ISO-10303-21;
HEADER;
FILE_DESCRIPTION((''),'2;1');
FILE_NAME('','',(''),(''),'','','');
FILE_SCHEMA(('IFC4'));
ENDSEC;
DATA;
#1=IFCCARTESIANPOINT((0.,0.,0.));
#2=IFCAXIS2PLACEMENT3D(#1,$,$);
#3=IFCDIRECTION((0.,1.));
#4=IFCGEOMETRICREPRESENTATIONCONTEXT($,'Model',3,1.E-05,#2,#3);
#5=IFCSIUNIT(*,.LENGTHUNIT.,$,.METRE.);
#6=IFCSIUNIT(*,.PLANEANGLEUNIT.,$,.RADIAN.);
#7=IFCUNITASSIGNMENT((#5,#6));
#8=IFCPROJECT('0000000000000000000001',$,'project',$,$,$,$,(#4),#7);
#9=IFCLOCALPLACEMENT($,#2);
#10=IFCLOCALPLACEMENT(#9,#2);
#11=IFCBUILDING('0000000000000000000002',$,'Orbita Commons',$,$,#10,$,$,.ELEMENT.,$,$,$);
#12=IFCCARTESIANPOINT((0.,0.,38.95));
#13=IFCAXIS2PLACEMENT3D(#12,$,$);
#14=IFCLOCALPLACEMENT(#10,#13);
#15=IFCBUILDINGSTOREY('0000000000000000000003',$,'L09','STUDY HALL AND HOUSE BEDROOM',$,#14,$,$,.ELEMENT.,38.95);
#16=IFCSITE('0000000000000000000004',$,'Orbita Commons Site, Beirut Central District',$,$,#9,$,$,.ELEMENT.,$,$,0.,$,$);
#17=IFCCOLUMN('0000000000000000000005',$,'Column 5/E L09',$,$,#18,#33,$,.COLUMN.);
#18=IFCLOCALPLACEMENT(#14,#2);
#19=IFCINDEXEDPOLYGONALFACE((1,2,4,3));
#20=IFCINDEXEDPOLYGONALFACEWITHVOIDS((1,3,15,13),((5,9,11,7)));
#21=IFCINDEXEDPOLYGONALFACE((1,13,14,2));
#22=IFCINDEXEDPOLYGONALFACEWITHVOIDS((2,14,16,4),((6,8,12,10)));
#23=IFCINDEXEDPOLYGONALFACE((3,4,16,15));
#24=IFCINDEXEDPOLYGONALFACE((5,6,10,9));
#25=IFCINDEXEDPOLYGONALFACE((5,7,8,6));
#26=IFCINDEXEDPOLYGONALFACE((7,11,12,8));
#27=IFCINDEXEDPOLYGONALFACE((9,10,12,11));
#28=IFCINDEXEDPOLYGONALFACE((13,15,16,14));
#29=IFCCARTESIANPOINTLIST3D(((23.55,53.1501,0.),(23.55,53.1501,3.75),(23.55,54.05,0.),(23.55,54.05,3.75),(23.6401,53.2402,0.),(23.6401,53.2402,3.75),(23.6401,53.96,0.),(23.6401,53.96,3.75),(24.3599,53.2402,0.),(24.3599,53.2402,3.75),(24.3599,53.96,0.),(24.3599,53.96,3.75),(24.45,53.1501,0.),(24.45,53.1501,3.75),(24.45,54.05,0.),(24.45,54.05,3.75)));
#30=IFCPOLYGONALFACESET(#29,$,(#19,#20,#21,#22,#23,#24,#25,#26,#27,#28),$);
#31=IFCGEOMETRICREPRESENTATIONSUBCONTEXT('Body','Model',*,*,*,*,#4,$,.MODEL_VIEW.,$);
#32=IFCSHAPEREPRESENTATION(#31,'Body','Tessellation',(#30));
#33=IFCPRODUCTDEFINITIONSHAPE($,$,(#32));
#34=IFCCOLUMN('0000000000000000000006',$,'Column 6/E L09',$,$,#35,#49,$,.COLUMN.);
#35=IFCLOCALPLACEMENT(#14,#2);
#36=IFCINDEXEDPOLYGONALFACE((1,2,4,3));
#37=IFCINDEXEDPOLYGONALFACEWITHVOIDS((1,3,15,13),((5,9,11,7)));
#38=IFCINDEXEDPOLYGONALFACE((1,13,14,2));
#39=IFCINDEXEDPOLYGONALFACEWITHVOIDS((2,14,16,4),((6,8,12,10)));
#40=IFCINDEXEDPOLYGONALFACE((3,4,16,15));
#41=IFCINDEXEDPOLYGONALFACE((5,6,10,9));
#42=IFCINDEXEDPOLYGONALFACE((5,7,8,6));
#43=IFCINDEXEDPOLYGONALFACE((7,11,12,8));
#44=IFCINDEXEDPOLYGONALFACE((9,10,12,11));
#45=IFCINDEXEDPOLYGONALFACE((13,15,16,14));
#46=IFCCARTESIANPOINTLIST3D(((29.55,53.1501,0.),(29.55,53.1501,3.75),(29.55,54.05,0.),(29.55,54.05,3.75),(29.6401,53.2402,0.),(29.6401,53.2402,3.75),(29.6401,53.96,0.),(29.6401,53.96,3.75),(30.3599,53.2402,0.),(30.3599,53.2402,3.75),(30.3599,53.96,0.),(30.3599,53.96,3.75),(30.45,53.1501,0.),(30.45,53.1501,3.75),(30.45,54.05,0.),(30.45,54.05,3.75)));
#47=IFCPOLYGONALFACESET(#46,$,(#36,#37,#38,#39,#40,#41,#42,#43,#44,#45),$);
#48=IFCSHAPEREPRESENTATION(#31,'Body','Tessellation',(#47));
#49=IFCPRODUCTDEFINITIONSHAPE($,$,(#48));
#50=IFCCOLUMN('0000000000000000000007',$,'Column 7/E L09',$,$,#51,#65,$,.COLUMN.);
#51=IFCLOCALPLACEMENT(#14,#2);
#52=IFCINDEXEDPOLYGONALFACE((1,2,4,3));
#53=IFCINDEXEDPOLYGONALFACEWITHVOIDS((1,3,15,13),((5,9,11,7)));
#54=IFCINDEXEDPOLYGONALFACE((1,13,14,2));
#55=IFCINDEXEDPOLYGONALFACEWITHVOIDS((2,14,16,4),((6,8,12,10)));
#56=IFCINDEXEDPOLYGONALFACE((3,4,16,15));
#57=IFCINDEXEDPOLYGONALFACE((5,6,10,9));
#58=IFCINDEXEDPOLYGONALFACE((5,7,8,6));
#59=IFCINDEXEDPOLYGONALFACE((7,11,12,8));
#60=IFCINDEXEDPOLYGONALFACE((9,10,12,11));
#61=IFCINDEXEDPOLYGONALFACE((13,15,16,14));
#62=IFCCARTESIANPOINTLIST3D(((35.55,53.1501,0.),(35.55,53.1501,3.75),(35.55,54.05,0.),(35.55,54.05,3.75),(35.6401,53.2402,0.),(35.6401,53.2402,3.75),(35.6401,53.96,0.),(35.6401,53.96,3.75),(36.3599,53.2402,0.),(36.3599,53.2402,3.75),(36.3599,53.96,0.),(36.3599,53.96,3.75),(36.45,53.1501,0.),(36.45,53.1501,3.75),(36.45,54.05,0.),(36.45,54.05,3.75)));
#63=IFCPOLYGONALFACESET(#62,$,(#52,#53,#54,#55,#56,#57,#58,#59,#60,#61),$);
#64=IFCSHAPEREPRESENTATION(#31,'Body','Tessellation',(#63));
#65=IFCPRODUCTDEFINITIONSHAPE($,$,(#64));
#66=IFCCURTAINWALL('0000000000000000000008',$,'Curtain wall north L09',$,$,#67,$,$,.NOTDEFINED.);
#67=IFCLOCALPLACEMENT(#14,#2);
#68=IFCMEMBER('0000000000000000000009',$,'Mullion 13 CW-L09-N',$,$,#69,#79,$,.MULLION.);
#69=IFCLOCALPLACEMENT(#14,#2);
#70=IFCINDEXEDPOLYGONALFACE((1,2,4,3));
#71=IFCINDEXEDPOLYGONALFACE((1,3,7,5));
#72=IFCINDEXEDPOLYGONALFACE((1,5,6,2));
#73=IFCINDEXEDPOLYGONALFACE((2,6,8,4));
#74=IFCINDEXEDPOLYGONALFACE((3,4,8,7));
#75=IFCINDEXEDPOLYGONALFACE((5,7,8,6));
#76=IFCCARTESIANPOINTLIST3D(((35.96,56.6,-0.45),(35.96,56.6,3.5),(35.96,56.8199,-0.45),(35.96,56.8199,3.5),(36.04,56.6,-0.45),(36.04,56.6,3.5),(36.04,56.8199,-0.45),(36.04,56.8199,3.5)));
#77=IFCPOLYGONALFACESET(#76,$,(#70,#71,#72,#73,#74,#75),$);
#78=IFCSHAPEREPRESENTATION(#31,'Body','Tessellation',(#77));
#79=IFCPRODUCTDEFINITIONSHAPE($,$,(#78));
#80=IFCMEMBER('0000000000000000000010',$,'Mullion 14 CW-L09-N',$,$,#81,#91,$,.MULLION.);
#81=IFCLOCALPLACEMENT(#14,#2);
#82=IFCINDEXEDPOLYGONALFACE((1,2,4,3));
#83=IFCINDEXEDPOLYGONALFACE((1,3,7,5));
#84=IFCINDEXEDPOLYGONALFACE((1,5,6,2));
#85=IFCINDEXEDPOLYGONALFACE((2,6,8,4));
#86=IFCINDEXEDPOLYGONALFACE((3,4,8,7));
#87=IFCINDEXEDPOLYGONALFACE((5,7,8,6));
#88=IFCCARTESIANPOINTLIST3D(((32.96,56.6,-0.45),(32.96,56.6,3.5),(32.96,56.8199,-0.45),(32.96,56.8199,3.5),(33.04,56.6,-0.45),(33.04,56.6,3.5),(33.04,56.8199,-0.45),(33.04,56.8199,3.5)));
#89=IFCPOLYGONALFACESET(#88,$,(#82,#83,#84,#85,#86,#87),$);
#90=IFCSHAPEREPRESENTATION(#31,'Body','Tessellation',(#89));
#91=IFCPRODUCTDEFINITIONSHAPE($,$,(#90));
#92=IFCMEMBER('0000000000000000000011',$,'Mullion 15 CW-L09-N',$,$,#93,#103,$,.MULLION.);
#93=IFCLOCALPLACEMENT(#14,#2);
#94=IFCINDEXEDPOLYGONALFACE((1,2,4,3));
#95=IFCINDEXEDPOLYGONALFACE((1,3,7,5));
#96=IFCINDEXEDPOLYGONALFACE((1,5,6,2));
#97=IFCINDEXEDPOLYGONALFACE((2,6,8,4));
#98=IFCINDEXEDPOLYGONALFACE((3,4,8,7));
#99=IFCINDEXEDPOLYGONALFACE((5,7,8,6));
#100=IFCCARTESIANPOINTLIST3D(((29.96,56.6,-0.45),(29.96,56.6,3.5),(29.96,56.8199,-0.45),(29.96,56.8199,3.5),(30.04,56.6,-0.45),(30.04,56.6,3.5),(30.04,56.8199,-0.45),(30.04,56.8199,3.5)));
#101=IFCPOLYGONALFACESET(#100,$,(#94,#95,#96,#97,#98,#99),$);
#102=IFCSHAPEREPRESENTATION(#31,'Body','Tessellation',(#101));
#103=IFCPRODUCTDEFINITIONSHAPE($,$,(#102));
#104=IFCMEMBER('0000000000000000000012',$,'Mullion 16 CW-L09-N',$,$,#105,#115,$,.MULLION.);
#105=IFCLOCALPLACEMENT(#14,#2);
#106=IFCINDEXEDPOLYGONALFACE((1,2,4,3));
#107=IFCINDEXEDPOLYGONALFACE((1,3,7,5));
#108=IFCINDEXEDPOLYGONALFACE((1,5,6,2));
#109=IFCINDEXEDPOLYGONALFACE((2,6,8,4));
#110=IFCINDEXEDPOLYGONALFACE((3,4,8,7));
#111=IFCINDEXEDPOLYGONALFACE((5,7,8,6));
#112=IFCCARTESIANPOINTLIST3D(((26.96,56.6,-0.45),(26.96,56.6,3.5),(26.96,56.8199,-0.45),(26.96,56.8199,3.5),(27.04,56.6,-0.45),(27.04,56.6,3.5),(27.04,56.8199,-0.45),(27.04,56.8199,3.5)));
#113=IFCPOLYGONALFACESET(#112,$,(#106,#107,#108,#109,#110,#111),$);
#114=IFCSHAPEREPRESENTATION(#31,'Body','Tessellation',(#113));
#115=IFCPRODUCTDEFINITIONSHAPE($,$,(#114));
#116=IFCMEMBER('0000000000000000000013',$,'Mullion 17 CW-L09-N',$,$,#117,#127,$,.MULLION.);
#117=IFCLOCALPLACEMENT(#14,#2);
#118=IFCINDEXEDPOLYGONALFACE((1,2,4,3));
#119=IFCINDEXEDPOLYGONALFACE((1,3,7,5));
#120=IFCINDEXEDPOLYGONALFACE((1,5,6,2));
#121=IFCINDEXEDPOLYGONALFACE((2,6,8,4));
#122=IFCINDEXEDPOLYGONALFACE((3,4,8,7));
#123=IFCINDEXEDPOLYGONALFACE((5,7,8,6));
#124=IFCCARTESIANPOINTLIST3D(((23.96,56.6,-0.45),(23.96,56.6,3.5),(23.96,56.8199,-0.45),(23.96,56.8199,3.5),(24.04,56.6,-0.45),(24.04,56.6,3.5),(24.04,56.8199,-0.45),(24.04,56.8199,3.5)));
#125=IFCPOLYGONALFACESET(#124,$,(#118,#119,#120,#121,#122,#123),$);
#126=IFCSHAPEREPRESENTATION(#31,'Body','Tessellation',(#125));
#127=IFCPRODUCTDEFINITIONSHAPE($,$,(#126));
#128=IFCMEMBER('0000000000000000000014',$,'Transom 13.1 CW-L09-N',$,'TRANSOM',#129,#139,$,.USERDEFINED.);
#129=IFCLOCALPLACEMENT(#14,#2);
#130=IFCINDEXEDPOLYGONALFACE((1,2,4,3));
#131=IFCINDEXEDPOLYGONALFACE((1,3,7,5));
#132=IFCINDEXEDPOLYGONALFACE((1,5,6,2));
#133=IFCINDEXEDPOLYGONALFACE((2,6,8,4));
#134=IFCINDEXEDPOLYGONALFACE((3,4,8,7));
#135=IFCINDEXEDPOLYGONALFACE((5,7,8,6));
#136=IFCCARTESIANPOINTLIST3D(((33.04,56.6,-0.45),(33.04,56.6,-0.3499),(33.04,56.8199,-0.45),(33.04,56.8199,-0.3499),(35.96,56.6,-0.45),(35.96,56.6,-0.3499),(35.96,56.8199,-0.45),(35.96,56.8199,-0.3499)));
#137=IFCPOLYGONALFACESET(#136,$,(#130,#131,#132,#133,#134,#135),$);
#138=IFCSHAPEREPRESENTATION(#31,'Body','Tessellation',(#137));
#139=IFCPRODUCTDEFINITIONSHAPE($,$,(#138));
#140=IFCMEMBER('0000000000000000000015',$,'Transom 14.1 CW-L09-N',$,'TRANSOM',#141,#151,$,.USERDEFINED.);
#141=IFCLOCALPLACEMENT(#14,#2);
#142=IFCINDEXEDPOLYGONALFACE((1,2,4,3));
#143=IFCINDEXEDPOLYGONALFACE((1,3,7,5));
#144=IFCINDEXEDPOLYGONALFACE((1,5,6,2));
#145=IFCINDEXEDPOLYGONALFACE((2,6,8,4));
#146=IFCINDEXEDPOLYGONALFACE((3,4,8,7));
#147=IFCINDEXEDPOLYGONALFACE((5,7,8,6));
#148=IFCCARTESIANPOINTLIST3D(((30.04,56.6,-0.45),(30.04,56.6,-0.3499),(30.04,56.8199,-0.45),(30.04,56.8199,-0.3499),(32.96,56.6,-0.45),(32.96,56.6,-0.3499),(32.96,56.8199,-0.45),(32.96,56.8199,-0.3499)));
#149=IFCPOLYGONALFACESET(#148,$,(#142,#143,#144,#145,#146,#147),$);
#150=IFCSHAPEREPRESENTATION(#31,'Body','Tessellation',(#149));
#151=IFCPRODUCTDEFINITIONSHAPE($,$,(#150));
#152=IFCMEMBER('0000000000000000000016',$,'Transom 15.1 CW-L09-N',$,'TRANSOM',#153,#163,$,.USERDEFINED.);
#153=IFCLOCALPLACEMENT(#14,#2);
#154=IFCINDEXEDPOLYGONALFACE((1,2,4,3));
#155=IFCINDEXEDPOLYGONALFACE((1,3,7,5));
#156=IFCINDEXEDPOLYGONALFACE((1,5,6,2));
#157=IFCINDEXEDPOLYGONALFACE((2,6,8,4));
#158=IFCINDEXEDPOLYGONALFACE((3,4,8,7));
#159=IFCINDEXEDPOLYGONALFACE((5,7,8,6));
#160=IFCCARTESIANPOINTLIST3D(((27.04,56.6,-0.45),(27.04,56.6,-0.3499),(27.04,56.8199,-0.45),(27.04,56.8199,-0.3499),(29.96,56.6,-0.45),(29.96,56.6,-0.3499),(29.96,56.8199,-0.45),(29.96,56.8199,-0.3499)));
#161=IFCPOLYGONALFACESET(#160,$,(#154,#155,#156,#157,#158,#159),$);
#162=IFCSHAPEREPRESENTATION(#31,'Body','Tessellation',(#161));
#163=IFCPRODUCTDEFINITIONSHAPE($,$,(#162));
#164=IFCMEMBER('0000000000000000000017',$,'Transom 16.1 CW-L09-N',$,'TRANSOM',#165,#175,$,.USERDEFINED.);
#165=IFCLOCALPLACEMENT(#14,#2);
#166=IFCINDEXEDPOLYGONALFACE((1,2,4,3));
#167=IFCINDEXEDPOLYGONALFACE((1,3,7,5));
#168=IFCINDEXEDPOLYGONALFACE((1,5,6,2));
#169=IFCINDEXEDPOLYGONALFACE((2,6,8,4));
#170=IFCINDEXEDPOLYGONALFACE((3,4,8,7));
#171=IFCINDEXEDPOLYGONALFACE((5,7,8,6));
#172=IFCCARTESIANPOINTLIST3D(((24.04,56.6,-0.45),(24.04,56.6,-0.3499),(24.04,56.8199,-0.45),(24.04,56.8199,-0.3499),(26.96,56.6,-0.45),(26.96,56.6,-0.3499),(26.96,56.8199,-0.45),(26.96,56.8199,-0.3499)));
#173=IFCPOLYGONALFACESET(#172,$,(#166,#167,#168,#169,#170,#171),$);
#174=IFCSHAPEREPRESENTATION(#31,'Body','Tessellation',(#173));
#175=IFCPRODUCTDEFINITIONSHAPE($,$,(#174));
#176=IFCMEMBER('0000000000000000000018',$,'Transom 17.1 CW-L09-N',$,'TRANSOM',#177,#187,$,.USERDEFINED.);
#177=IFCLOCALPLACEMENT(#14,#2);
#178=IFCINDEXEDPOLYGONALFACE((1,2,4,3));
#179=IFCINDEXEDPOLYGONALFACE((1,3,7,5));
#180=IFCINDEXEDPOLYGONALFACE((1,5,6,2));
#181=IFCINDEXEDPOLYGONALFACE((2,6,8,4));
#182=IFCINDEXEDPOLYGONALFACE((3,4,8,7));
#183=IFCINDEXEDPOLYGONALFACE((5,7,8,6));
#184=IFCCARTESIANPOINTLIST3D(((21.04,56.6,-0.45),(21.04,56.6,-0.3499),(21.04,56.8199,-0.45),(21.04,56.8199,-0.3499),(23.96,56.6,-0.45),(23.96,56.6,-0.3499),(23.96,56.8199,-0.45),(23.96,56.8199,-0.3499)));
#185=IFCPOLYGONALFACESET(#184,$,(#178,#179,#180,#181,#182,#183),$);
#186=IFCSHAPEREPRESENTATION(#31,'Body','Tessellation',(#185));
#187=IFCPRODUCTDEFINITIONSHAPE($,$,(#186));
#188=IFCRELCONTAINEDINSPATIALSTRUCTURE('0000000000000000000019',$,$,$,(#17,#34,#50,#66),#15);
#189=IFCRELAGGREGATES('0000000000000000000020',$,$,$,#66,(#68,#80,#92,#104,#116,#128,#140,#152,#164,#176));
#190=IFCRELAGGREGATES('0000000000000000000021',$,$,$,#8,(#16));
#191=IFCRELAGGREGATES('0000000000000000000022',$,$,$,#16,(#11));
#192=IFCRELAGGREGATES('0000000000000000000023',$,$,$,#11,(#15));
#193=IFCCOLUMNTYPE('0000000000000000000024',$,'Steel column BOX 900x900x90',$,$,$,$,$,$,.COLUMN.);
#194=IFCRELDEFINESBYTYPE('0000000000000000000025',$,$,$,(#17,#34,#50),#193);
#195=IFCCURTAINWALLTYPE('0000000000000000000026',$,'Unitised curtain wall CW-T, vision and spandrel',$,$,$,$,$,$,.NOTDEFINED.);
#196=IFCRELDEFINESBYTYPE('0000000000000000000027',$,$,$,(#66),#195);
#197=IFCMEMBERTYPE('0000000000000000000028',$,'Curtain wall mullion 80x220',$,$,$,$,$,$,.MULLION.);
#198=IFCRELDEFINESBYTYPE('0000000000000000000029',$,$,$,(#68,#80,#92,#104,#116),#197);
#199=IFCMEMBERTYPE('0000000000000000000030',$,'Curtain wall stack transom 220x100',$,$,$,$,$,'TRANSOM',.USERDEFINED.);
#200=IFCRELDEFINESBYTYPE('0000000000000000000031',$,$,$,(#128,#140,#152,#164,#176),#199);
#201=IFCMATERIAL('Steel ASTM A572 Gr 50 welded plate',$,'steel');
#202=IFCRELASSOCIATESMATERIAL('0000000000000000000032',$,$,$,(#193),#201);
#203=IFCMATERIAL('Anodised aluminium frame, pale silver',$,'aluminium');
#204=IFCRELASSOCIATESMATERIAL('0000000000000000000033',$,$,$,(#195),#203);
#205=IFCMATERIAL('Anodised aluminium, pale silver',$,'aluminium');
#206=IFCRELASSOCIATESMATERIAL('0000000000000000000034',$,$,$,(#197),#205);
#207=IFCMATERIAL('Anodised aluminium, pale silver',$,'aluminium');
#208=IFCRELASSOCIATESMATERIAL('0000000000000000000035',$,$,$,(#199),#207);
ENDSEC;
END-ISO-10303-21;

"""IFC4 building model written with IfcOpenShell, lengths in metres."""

from ifc_helpers import new_model, si_unit, direction, frame, origin, origin_2d, place, context, subcontext, project, spatial, rectangle, hollow_rectangle, extrude, material, material_profile, profile_set, type_object, element, aggregate, save


model = new_model("IFC4")

# Units and contexts
model_context = context("Model", 3, precision=1e-05, world=origin(), true_north=direction((0.0, 1.0)))
body_context = subcontext(model_context, "Body", "Model", "MODEL_VIEW")
ifc_project = project(units=[si_unit("LENGTHUNIT", "METRE"), si_unit("PLANEANGLEUNIT", "RADIAN")], contexts=[model_context])

# Site, building, storey
site_placement = place(None, origin())
site = spatial("IfcSite", under=ifc_project, at=site_placement, Name="Orbita Commons Site, Beirut Central District", CompositionType="ELEMENT", RefElevation=0.0)
building_placement = place(site_placement, origin())
building = spatial("IfcBuilding", under=site, at=building_placement, Name="Orbita Commons", CompositionType="ELEMENT")
storey_placement = place(building_placement, frame((0.0, 0.0, 38.95)))
storey = spatial("IfcBuildingStorey", under=building, at=storey_placement, Name="L09", Description="STUDY HALL AND HOUSE BEDROOM", CompositionType="ELEMENT", Elevation=38.95)

# Columns
ifc_material_1 = material(Name="Steel ASTM A572 Gr 50 welded plate", Category="steel")
ifc_material_profile_1 = material_profile(ifc_material_1, hollow_rectangle(XDim=0.8999, YDim=0.8999, WallThickness=0.0901, at=origin_2d()), Name="BOX 900x900x90")
ifc_profile_set_1 = profile_set([ifc_material_profile_1], Name="Steel ASTM A572 Gr 50 welded plate")
column_type = type_object("IfcColumnType", Name="Steel column BOX 900x900x90", PredefinedType="COLUMN", material=ifc_profile_set_1)
for number, where, z_axis, x_axis, name in (
    (1, (24.0, 53.6001, 0.0), (0.0, 0.0, 1.0), (1.0, 0.0, 0.0), "Column 5/E L09"),
    (2, (30.0, 53.6001, 0.0), (0.0, 0.0, 1.0), (1.0, 0.0, 0.0), "Column 6/E L09"),
    (3, (36.0, 53.6001, 0.0), (0.0, 0.0, 1.0), (1.0, 0.0, 0.0), "Column 7/E L09"),
):
    element("IfcColumn", number, at=place(storey_placement, frame(where, z_axis=z_axis, x_axis=x_axis)), inside=storey, type_object=column_type, Name=name, PredefinedType="COLUMN", context=body_context, shape_type="SweptSolid", body=[
        extrude(hollow_rectangle(XDim=0.8999, YDim=0.8999, WallThickness=0.0901, at=origin_2d()), origin(), (0.0, 0.0, 1.0), 3.75),
    ])

# Curtain wall, members
ifc_material_2 = material(Name="Anodised aluminium frame, pale silver", Category="aluminium")
curtain_wall_type = type_object("IfcCurtainWallType", Name="Unitised curtain wall CW-T, vision and spandrel", PredefinedType="NOTDEFINED", material=ifc_material_2)
curtain_wall_placement = place(storey_placement, origin())
curtain_wall = element("IfcCurtainWall", 4, at=curtain_wall_placement, inside=storey, type_object=curtain_wall_type, Name="Curtain wall north L09", PredefinedType="NOTDEFINED")
ifc_material_3 = material(Name="Anodised aluminium, pale silver", Category="aluminium")
ifc_material_profile_2 = material_profile(ifc_material_3, rectangle(XDim=0.0801, YDim=0.22, at=origin_2d()), Name="AL 80x220")
ifc_profile_set_2 = profile_set([ifc_material_profile_2], Name="Anodised aluminium, pale silver")
member_type_1 = type_object("IfcMemberType", Name="Curtain wall mullion 80x220", PredefinedType="MULLION", material=ifc_profile_set_2)
member_1_placement = place(storey_placement, frame((36.0, 56.71, -0.45), z_axis=(0.0, 0.0, 1.0), x_axis=(-1.0, 0.0, 0.0)))
member_1 = element("IfcMember", 5, at=member_1_placement, type_object=member_type_1, Name="Mullion 13 CW-L09-N", PredefinedType="MULLION", context=body_context, shape_type="SweptSolid", body=[
    extrude(rectangle(XDim=0.0801, YDim=0.22, at=origin_2d()), origin(), (0.0, 0.0, 1.0), 3.95),
])
member_2_placement = place(storey_placement, frame((33.0, 56.71, -0.45), z_axis=(0.0, 0.0, 1.0), x_axis=(-1.0, 0.0, 0.0)))
member_2 = element("IfcMember", 6, at=member_2_placement, type_object=member_type_1, Name="Mullion 14 CW-L09-N", PredefinedType="MULLION", context=body_context, shape_type="SweptSolid", body=[
    extrude(rectangle(XDim=0.0801, YDim=0.22, at=origin_2d()), origin(), (0.0, 0.0, 1.0), 3.95),
])
member_3_placement = place(storey_placement, frame((30.0, 56.71, -0.45), z_axis=(0.0, 0.0, 1.0), x_axis=(-1.0, 0.0, 0.0)))
member_3 = element("IfcMember", 7, at=member_3_placement, type_object=member_type_1, Name="Mullion 15 CW-L09-N", PredefinedType="MULLION", context=body_context, shape_type="SweptSolid", body=[
    extrude(rectangle(XDim=0.0801, YDim=0.22, at=origin_2d()), origin(), (0.0, 0.0, 1.0), 3.95),
])
member_4_placement = place(storey_placement, frame((27.0, 56.71, -0.45), z_axis=(0.0, 0.0, 1.0), x_axis=(-1.0, 0.0, 0.0)))
member_4 = element("IfcMember", 8, at=member_4_placement, type_object=member_type_1, Name="Mullion 16 CW-L09-N", PredefinedType="MULLION", context=body_context, shape_type="SweptSolid", body=[
    extrude(rectangle(XDim=0.0801, YDim=0.22, at=origin_2d()), origin(), (0.0, 0.0, 1.0), 3.95),
])
member_5_placement = place(storey_placement, frame((24.0, 56.71, -0.45), z_axis=(0.0, 0.0, 1.0), x_axis=(-1.0, 0.0, 0.0)))
member_5 = element("IfcMember", 9, at=member_5_placement, type_object=member_type_1, Name="Mullion 17 CW-L09-N", PredefinedType="MULLION", context=body_context, shape_type="SweptSolid", body=[
    extrude(rectangle(XDim=0.0801, YDim=0.22, at=origin_2d()), origin(), (0.0, 0.0, 1.0), 3.95),
])
ifc_material_4 = material(Name="Anodised aluminium, pale silver", Category="aluminium")
ifc_material_profile_3 = material_profile(ifc_material_4, rectangle(XDim=0.22, YDim=0.1001, at=origin_2d()), Name="AL 220x100")
ifc_profile_set_3 = profile_set([ifc_material_profile_3], Name="Anodised aluminium, pale silver")
member_type_2 = type_object("IfcMemberType", Name="Curtain wall stack transom 220x100", ElementType="TRANSOM", PredefinedType="USERDEFINED", material=ifc_profile_set_3)
member_6_placement = place(storey_placement, frame((35.96, 56.71, -0.3999), z_axis=(-1.0, 0.0, 0.0), x_axis=(0.0, -1.0, 0.0)))
member_6 = element("IfcMember", 10, at=member_6_placement, type_object=member_type_2, Name="Transom 13.1 CW-L09-N", ObjectType="TRANSOM", PredefinedType="USERDEFINED", context=body_context, shape_type="SweptSolid", body=[
    extrude(rectangle(XDim=0.22, YDim=0.1001, at=origin_2d()), origin(), (0.0, 0.0, 1.0), 2.9199),
])
member_7_placement = place(storey_placement, frame((32.96, 56.71, -0.3999), z_axis=(-1.0, 0.0, 0.0), x_axis=(0.0, -1.0, 0.0)))
member_7 = element("IfcMember", 11, at=member_7_placement, type_object=member_type_2, Name="Transom 14.1 CW-L09-N", ObjectType="TRANSOM", PredefinedType="USERDEFINED", context=body_context, shape_type="SweptSolid", body=[
    extrude(rectangle(XDim=0.22, YDim=0.1001, at=origin_2d()), origin(), (0.0, 0.0, 1.0), 2.9199),
])
member_8_placement = place(storey_placement, frame((29.96, 56.71, -0.3999), z_axis=(-1.0, 0.0, 0.0), x_axis=(0.0, -1.0, 0.0)))
member_8 = element("IfcMember", 12, at=member_8_placement, type_object=member_type_2, Name="Transom 15.1 CW-L09-N", ObjectType="TRANSOM", PredefinedType="USERDEFINED", context=body_context, shape_type="SweptSolid", body=[
    extrude(rectangle(XDim=0.22, YDim=0.1001, at=origin_2d()), origin(), (0.0, 0.0, 1.0), 2.9199),
])
member_9_placement = place(storey_placement, frame((26.96, 56.71, -0.3999), z_axis=(-1.0, 0.0, 0.0), x_axis=(0.0, -1.0, 0.0)))
member_9 = element("IfcMember", 13, at=member_9_placement, type_object=member_type_2, Name="Transom 16.1 CW-L09-N", ObjectType="TRANSOM", PredefinedType="USERDEFINED", context=body_context, shape_type="SweptSolid", body=[
    extrude(rectangle(XDim=0.22, YDim=0.1001, at=origin_2d()), origin(), (0.0, 0.0, 1.0), 2.9199),
])
member_10_placement = place(storey_placement, frame((23.96, 56.71, -0.3999), z_axis=(-1.0, 0.0, 0.0), x_axis=(0.0, -1.0, 0.0)))
member_10 = element("IfcMember", 14, at=member_10_placement, type_object=member_type_2, Name="Transom 17.1 CW-L09-N", ObjectType="TRANSOM", PredefinedType="USERDEFINED", context=body_context, shape_type="SweptSolid", body=[
    extrude(rectangle(XDim=0.22, YDim=0.1001, at=origin_2d()), origin(), (0.0, 0.0, 1.0), 2.9199),
])

aggregate(curtain_wall, [member_1, member_2, member_3, member_4, member_5, member_6, member_7, member_8, member_9, member_10])

save(model, "model.ifc")
